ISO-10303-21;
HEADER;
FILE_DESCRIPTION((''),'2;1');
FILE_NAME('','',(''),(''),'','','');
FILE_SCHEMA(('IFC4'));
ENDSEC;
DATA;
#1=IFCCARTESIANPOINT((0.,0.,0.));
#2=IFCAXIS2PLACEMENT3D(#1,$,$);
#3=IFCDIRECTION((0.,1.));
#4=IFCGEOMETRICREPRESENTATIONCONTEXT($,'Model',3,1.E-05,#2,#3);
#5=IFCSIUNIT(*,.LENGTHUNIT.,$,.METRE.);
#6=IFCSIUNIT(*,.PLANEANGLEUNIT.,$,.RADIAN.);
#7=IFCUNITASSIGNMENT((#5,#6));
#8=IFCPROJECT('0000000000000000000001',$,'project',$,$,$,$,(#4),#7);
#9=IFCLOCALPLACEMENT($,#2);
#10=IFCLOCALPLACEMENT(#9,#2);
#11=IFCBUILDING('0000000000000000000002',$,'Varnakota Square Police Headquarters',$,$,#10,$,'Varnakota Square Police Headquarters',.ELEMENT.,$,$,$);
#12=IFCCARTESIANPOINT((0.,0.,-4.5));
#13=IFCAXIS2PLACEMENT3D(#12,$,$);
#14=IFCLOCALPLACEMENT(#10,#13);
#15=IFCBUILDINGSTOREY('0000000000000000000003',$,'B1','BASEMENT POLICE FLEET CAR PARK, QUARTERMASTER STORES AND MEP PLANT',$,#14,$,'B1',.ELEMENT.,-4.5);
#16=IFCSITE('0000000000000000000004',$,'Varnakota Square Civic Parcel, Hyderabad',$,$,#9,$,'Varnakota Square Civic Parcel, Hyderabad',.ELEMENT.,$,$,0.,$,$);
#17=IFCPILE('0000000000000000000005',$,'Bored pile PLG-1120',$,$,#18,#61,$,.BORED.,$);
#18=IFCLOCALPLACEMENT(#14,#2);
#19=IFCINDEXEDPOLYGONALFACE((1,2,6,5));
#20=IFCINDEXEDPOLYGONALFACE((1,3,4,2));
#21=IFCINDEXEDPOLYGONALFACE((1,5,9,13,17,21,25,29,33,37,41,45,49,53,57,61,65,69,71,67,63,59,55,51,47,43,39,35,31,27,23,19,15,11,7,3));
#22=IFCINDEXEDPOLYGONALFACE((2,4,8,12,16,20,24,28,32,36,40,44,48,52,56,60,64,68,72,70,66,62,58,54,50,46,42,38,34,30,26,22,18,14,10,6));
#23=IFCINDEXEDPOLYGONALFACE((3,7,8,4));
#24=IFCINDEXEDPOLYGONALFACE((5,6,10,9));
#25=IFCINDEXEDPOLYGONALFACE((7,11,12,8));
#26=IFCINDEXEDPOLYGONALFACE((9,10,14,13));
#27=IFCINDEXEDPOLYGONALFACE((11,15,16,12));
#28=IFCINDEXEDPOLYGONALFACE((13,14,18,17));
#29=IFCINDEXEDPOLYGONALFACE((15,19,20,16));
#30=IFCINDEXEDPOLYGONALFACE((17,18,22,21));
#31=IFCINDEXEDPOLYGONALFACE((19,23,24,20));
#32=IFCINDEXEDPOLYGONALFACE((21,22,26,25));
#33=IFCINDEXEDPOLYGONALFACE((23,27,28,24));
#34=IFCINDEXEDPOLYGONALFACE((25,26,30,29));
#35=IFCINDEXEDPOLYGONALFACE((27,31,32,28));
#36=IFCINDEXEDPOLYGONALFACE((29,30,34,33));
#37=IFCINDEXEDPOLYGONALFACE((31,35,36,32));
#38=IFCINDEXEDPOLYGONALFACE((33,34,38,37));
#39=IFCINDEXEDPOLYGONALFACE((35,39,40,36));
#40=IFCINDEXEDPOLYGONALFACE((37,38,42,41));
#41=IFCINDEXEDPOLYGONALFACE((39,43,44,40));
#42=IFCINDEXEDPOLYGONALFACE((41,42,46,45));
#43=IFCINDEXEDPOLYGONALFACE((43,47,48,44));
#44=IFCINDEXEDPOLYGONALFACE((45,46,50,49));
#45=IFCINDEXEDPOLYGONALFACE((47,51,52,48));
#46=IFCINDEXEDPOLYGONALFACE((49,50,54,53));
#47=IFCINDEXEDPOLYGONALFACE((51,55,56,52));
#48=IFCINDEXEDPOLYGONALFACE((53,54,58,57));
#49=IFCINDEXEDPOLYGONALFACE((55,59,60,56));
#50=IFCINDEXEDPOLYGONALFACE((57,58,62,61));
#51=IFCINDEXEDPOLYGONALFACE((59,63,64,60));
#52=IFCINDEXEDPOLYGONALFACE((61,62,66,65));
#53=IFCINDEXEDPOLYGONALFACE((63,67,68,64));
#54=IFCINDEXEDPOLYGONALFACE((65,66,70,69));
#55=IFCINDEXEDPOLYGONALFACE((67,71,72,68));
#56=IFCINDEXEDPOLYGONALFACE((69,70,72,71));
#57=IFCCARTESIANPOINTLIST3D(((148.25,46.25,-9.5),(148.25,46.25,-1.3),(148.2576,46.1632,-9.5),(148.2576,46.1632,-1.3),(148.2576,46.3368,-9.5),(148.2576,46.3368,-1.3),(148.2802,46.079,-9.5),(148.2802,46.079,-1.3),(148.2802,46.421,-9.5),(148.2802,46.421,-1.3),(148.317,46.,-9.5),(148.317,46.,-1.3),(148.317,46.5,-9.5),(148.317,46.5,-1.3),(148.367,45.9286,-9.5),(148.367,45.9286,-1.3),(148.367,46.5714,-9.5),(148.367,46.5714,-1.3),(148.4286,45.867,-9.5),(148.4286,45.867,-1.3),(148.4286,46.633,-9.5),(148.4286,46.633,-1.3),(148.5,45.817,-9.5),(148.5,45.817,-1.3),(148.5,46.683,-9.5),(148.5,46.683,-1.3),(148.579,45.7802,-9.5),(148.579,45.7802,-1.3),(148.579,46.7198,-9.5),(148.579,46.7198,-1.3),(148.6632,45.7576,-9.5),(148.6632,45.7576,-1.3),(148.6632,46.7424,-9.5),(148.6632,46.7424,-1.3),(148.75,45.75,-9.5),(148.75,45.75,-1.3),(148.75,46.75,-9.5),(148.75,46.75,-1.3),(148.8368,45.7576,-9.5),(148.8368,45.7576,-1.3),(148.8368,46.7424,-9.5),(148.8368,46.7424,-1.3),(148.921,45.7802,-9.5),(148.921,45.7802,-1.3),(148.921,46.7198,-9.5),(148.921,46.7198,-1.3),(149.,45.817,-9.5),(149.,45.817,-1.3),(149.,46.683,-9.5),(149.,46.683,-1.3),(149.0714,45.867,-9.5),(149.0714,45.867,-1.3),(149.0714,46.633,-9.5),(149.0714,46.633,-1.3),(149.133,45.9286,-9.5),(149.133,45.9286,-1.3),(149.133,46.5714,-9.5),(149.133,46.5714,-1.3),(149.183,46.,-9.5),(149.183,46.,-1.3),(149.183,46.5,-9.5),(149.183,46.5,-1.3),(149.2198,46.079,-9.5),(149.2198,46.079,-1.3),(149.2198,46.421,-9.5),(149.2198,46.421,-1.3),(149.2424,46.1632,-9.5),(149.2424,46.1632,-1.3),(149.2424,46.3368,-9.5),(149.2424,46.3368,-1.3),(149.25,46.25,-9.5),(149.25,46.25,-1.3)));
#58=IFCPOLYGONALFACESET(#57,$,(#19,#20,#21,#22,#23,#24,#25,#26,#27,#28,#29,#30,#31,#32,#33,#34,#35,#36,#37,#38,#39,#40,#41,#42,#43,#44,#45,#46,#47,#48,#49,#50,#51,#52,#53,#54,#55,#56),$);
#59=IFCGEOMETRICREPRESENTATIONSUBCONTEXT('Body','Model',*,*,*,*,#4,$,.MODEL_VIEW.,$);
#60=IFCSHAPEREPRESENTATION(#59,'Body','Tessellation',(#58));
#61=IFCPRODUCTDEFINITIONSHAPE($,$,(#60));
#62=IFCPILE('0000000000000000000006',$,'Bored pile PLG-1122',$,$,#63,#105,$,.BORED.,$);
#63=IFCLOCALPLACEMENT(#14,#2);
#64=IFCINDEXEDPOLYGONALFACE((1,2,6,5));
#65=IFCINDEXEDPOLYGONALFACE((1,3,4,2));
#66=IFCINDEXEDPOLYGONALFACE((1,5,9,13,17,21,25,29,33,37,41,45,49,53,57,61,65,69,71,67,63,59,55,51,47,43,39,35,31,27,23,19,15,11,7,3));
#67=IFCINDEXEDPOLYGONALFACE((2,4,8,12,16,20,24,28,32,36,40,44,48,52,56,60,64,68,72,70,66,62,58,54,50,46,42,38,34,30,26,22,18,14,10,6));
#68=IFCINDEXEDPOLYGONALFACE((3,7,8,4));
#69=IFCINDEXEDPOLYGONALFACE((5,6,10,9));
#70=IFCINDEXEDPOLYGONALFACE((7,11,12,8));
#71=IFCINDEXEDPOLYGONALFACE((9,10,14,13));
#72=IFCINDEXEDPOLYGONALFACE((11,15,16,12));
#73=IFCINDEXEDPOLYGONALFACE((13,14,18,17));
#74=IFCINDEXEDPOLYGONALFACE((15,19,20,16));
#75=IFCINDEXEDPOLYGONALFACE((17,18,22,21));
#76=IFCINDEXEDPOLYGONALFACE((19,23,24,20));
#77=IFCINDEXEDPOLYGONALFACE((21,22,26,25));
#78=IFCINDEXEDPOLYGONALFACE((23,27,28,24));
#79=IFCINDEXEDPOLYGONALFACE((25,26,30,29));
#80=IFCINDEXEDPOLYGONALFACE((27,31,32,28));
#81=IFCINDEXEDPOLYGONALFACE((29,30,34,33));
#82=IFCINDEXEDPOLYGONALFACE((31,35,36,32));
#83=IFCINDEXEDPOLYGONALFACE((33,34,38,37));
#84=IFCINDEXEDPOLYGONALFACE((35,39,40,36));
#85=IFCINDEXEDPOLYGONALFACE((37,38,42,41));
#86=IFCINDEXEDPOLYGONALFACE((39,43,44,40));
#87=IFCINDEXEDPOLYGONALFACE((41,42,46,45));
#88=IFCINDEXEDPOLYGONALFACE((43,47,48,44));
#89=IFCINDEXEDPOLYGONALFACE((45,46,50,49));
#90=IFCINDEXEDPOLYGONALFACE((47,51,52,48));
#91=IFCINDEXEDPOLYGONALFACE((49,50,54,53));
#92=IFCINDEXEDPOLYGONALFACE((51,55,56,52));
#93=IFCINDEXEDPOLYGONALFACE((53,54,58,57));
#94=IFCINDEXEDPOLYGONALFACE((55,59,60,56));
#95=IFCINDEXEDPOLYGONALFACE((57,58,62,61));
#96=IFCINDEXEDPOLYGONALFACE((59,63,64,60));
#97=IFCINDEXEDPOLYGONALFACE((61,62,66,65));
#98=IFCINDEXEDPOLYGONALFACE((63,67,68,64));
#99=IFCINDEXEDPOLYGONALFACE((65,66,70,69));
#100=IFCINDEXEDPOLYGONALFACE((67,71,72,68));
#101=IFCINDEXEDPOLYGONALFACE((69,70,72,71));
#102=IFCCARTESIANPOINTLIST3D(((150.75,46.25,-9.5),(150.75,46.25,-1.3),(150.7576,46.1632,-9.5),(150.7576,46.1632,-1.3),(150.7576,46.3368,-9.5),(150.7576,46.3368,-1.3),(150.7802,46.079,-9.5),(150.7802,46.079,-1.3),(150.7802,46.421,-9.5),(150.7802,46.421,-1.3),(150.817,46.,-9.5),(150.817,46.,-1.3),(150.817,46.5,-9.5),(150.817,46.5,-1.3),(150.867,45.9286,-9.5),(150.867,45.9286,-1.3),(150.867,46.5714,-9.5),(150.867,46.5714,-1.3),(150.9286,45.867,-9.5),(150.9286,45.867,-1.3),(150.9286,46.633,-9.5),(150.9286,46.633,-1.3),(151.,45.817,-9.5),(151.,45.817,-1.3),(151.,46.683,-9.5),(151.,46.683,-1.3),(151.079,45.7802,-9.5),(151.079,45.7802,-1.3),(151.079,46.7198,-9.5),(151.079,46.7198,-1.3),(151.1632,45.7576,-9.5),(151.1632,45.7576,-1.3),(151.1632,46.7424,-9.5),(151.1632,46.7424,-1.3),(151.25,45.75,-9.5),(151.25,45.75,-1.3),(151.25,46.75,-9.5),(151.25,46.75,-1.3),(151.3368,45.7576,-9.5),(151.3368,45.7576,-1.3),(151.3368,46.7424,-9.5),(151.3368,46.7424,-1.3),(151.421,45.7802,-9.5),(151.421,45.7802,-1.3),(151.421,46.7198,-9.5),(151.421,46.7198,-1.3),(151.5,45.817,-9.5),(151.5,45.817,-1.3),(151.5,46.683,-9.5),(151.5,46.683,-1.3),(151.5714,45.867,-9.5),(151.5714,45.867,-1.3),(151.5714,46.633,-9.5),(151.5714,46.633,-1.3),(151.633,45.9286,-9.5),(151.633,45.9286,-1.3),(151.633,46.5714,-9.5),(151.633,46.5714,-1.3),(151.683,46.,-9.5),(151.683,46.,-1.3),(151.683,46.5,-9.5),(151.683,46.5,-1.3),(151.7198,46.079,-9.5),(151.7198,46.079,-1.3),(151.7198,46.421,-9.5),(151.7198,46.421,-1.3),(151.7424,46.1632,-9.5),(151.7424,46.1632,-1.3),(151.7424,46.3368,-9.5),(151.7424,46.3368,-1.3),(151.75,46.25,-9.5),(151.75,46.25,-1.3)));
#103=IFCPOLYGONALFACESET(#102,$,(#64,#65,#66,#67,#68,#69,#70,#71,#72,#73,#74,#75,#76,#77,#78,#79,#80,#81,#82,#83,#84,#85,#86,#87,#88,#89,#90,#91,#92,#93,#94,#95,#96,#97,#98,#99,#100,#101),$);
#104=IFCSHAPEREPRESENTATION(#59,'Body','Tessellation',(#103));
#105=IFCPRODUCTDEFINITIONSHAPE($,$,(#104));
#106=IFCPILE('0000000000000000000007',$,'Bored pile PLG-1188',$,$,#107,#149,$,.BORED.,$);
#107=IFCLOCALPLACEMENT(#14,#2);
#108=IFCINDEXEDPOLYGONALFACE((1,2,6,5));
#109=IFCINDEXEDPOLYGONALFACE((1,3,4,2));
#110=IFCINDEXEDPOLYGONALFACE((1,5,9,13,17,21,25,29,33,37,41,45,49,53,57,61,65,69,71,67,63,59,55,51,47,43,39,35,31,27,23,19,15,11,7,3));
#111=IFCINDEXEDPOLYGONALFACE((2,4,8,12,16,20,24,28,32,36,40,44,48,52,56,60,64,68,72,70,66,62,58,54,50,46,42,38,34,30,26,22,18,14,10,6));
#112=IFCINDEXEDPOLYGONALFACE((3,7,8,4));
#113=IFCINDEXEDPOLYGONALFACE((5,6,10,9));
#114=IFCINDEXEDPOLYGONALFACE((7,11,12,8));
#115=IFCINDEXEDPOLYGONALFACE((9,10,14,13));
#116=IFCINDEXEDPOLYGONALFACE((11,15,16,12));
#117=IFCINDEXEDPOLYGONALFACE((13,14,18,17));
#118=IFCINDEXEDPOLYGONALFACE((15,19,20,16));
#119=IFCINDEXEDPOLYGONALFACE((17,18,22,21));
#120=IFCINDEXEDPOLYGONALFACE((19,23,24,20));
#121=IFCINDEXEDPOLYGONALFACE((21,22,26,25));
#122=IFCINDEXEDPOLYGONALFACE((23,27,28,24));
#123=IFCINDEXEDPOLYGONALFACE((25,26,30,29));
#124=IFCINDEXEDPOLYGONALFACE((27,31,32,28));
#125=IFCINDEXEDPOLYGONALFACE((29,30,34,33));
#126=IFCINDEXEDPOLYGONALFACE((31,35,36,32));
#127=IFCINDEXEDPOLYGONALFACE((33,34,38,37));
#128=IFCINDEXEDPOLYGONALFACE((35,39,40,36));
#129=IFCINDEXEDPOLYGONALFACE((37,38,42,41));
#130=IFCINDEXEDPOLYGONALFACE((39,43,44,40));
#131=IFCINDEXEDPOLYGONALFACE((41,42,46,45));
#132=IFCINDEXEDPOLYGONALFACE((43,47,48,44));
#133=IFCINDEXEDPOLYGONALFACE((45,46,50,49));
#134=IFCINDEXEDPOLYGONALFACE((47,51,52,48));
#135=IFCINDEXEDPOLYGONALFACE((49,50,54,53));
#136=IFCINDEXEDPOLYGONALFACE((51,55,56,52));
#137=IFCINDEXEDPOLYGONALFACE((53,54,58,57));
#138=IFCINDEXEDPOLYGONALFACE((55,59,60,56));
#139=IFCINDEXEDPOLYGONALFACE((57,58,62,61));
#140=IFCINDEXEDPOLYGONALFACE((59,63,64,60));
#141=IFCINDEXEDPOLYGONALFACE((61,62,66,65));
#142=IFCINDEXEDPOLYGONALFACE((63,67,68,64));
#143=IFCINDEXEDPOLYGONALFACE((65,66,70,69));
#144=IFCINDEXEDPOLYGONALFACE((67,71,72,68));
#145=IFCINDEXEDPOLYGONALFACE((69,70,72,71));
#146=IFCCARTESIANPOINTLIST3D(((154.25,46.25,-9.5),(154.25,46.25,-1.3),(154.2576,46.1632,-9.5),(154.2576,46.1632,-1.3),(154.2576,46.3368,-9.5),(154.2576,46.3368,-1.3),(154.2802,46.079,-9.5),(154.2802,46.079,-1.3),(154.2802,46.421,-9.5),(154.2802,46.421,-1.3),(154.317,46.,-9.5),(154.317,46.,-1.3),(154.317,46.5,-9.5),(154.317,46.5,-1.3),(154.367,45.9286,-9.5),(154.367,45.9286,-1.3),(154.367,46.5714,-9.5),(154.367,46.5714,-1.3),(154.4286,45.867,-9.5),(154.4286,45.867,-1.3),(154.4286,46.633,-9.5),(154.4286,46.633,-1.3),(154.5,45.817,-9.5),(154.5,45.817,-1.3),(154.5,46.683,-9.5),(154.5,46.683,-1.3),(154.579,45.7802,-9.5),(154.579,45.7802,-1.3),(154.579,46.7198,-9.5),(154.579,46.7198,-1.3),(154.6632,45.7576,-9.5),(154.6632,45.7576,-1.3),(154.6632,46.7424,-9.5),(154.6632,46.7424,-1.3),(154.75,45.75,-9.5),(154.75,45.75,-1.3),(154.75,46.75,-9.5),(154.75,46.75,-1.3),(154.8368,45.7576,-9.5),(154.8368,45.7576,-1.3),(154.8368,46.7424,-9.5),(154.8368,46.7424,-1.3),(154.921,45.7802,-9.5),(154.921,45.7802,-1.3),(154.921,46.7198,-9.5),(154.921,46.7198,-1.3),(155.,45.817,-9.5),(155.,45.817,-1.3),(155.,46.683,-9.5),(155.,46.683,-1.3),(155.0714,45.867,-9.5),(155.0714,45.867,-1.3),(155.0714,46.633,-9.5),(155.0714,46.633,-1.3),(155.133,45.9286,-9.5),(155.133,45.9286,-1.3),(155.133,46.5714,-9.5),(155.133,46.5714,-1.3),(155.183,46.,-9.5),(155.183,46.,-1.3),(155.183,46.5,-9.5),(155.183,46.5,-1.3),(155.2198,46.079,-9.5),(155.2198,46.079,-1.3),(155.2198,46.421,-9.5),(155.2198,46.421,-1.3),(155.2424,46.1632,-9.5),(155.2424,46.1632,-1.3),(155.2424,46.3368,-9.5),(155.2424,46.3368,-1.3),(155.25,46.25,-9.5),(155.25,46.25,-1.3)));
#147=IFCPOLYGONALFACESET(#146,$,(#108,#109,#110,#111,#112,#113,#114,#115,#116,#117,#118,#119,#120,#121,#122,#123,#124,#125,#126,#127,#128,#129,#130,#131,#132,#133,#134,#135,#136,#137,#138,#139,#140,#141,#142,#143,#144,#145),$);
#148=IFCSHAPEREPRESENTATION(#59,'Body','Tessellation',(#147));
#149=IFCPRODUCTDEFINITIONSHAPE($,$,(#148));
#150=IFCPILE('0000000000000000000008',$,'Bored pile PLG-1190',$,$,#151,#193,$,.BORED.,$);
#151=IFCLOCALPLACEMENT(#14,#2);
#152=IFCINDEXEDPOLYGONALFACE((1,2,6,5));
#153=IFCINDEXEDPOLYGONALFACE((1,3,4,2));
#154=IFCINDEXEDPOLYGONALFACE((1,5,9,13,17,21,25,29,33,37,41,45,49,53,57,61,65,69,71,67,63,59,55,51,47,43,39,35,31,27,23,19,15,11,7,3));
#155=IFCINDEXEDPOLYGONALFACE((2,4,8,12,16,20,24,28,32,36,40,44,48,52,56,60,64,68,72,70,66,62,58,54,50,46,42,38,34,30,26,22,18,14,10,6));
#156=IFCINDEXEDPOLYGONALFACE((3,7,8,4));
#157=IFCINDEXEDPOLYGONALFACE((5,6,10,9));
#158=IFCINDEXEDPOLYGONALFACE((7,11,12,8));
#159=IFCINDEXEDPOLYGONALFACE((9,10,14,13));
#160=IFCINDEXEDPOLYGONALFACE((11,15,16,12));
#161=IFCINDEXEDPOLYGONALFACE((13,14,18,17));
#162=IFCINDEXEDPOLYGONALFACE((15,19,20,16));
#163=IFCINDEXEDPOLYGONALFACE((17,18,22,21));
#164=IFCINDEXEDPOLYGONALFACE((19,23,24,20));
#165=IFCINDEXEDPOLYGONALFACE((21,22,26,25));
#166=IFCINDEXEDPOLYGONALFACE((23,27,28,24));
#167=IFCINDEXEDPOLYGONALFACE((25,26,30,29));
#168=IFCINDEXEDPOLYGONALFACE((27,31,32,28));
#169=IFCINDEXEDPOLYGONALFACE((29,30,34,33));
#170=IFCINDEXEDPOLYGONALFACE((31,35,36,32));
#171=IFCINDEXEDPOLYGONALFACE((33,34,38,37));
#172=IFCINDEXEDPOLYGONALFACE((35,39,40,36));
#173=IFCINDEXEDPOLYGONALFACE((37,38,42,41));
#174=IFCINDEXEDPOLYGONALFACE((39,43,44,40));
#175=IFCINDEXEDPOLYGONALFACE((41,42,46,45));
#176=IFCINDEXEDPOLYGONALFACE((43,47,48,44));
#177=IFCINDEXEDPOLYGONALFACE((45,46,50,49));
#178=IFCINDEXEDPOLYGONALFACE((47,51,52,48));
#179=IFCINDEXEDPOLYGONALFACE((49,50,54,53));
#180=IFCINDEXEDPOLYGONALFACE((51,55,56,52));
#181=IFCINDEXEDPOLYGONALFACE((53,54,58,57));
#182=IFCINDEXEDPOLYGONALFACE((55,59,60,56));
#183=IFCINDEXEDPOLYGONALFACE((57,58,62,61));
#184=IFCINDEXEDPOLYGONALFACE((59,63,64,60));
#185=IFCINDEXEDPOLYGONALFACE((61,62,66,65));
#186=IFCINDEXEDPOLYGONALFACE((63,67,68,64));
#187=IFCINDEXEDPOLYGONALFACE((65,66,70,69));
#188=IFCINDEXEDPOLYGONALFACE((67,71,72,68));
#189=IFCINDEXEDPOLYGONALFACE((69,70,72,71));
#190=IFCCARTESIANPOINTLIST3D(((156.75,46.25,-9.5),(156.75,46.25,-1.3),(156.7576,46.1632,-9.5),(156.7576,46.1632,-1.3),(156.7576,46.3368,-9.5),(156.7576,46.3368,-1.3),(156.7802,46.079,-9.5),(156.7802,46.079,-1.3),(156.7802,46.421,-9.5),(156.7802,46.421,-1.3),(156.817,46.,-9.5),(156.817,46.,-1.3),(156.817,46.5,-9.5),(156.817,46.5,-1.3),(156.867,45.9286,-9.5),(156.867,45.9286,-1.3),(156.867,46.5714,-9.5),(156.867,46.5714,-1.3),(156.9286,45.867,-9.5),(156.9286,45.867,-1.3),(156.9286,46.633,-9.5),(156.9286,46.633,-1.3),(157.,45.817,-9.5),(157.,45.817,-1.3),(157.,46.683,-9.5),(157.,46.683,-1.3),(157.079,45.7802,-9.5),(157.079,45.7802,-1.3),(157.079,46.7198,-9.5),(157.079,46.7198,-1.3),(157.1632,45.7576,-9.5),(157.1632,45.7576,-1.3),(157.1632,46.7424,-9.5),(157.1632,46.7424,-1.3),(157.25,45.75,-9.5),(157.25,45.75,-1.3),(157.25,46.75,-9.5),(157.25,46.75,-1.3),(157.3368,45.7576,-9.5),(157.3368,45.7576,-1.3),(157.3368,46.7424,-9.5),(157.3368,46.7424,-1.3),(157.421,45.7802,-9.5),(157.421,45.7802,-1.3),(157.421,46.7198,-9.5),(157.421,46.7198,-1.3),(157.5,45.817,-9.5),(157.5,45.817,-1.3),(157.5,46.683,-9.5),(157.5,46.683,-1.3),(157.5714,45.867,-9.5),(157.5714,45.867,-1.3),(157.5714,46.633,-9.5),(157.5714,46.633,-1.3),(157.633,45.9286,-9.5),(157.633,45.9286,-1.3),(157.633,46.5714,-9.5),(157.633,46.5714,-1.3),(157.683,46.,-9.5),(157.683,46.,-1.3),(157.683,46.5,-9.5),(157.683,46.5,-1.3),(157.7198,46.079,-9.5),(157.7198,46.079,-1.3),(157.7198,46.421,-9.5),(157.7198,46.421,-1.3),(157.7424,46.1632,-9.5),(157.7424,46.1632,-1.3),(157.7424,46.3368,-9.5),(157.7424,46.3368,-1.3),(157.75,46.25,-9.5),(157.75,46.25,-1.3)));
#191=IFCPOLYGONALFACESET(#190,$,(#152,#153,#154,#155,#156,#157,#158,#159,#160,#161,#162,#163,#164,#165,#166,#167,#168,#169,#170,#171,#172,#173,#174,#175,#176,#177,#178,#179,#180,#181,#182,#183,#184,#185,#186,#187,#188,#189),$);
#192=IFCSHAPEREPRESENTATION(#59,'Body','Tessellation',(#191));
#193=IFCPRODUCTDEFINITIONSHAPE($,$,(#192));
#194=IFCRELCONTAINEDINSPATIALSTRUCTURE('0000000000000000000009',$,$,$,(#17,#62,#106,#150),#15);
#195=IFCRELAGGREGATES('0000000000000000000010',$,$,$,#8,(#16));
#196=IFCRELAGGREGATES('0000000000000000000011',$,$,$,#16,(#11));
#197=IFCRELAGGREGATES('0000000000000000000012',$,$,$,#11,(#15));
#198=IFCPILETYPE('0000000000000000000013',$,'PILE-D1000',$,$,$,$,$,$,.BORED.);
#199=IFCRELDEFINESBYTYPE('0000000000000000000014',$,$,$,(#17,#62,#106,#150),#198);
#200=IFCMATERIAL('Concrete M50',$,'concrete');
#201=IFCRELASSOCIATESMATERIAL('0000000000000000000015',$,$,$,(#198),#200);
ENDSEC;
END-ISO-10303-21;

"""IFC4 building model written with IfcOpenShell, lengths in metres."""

from ifc_helpers import new_model, si_unit, direction, frame, origin, origin_2d, place, context, subcontext, project, spatial, circle, extrude, material, material_profile, profile_set, type_object, element, save


model = new_model("IFC4")

# Units and contexts
model_context = context("Model", 3, precision=1e-05, world=origin(), true_north=direction((0.0, 1.0)))
body_context = subcontext(model_context, "Body", "Model", "MODEL_VIEW")
ifc_project = project(units=[si_unit("LENGTHUNIT", "METRE"), si_unit("PLANEANGLEUNIT", "RADIAN")], contexts=[model_context])

# Site, building, storey
site_placement = place(None, origin())
site = spatial("IfcSite", under=ifc_project, at=site_placement, Name="Varnakota Square Civic Parcel, Hyderabad", LongName="Varnakota Square Civic Parcel, Hyderabad", CompositionType="ELEMENT", RefElevation=0.0)
building_placement = place(site_placement, origin())
building = spatial("IfcBuilding", under=site, at=building_placement, Name="Varnakota Square Police Headquarters", LongName="Varnakota Square Police Headquarters", CompositionType="ELEMENT")
storey_placement = place(building_placement, frame((0.0, 0.0, -4.5)))
storey = spatial("IfcBuildingStorey", under=building, at=storey_placement, Name="B1", Description="BASEMENT POLICE FLEET CAR PARK, QUARTERMASTER STORES AND MEP PLANT", LongName="B1", CompositionType="ELEMENT", Elevation=-4.5)

# Shared definitions
ifc_material_1 = material(Name="Concrete M50", Category="concrete")

# Piles
ifc_material_profile_1 = material_profile(ifc_material_1, circle(Radius=0.5, at=origin_2d()), Name="BORED PILE 1000")
ifc_profile_set_1 = profile_set([ifc_material_profile_1], Name="Concrete M50")
pile_type_1 = type_object("IfcPileType", Name="PILE-D1000", PredefinedType="BORED", material=ifc_profile_set_1)
for number, where, z_axis, x_axis, name in (
    (1, (148.75, 46.25, -1.3), (0.0, 0.0, -1.0), (1.0, 0.0, 0.0), "Bored pile PLG-1120"),
    (2, (151.25, 46.25, -1.3), (0.0, 0.0, -1.0), (1.0, 0.0, 0.0), "Bored pile PLG-1122"),
    (3, (154.75, 46.25, -1.3), (0.0, 0.0, -1.0), (1.0, 0.0, 0.0), "Bored pile PLG-1188"),
    (4, (157.25, 46.25, -1.3), (0.0, 0.0, -1.0), (1.0, 0.0, 0.0), "Bored pile PLG-1190"),
):
    element("IfcPile", number, at=place(storey_placement, frame(where, z_axis=z_axis, x_axis=x_axis)), inside=storey, type_object=pile_type_1, Name=name, PredefinedType="BORED", context=body_context, shape_type="SweptSolid", body=[
        extrude(circle(Radius=0.5, at=origin_2d()), origin(), (0.0, 0.0, 1.0), 8.2),
    ])

save(model, "model.ifc")
